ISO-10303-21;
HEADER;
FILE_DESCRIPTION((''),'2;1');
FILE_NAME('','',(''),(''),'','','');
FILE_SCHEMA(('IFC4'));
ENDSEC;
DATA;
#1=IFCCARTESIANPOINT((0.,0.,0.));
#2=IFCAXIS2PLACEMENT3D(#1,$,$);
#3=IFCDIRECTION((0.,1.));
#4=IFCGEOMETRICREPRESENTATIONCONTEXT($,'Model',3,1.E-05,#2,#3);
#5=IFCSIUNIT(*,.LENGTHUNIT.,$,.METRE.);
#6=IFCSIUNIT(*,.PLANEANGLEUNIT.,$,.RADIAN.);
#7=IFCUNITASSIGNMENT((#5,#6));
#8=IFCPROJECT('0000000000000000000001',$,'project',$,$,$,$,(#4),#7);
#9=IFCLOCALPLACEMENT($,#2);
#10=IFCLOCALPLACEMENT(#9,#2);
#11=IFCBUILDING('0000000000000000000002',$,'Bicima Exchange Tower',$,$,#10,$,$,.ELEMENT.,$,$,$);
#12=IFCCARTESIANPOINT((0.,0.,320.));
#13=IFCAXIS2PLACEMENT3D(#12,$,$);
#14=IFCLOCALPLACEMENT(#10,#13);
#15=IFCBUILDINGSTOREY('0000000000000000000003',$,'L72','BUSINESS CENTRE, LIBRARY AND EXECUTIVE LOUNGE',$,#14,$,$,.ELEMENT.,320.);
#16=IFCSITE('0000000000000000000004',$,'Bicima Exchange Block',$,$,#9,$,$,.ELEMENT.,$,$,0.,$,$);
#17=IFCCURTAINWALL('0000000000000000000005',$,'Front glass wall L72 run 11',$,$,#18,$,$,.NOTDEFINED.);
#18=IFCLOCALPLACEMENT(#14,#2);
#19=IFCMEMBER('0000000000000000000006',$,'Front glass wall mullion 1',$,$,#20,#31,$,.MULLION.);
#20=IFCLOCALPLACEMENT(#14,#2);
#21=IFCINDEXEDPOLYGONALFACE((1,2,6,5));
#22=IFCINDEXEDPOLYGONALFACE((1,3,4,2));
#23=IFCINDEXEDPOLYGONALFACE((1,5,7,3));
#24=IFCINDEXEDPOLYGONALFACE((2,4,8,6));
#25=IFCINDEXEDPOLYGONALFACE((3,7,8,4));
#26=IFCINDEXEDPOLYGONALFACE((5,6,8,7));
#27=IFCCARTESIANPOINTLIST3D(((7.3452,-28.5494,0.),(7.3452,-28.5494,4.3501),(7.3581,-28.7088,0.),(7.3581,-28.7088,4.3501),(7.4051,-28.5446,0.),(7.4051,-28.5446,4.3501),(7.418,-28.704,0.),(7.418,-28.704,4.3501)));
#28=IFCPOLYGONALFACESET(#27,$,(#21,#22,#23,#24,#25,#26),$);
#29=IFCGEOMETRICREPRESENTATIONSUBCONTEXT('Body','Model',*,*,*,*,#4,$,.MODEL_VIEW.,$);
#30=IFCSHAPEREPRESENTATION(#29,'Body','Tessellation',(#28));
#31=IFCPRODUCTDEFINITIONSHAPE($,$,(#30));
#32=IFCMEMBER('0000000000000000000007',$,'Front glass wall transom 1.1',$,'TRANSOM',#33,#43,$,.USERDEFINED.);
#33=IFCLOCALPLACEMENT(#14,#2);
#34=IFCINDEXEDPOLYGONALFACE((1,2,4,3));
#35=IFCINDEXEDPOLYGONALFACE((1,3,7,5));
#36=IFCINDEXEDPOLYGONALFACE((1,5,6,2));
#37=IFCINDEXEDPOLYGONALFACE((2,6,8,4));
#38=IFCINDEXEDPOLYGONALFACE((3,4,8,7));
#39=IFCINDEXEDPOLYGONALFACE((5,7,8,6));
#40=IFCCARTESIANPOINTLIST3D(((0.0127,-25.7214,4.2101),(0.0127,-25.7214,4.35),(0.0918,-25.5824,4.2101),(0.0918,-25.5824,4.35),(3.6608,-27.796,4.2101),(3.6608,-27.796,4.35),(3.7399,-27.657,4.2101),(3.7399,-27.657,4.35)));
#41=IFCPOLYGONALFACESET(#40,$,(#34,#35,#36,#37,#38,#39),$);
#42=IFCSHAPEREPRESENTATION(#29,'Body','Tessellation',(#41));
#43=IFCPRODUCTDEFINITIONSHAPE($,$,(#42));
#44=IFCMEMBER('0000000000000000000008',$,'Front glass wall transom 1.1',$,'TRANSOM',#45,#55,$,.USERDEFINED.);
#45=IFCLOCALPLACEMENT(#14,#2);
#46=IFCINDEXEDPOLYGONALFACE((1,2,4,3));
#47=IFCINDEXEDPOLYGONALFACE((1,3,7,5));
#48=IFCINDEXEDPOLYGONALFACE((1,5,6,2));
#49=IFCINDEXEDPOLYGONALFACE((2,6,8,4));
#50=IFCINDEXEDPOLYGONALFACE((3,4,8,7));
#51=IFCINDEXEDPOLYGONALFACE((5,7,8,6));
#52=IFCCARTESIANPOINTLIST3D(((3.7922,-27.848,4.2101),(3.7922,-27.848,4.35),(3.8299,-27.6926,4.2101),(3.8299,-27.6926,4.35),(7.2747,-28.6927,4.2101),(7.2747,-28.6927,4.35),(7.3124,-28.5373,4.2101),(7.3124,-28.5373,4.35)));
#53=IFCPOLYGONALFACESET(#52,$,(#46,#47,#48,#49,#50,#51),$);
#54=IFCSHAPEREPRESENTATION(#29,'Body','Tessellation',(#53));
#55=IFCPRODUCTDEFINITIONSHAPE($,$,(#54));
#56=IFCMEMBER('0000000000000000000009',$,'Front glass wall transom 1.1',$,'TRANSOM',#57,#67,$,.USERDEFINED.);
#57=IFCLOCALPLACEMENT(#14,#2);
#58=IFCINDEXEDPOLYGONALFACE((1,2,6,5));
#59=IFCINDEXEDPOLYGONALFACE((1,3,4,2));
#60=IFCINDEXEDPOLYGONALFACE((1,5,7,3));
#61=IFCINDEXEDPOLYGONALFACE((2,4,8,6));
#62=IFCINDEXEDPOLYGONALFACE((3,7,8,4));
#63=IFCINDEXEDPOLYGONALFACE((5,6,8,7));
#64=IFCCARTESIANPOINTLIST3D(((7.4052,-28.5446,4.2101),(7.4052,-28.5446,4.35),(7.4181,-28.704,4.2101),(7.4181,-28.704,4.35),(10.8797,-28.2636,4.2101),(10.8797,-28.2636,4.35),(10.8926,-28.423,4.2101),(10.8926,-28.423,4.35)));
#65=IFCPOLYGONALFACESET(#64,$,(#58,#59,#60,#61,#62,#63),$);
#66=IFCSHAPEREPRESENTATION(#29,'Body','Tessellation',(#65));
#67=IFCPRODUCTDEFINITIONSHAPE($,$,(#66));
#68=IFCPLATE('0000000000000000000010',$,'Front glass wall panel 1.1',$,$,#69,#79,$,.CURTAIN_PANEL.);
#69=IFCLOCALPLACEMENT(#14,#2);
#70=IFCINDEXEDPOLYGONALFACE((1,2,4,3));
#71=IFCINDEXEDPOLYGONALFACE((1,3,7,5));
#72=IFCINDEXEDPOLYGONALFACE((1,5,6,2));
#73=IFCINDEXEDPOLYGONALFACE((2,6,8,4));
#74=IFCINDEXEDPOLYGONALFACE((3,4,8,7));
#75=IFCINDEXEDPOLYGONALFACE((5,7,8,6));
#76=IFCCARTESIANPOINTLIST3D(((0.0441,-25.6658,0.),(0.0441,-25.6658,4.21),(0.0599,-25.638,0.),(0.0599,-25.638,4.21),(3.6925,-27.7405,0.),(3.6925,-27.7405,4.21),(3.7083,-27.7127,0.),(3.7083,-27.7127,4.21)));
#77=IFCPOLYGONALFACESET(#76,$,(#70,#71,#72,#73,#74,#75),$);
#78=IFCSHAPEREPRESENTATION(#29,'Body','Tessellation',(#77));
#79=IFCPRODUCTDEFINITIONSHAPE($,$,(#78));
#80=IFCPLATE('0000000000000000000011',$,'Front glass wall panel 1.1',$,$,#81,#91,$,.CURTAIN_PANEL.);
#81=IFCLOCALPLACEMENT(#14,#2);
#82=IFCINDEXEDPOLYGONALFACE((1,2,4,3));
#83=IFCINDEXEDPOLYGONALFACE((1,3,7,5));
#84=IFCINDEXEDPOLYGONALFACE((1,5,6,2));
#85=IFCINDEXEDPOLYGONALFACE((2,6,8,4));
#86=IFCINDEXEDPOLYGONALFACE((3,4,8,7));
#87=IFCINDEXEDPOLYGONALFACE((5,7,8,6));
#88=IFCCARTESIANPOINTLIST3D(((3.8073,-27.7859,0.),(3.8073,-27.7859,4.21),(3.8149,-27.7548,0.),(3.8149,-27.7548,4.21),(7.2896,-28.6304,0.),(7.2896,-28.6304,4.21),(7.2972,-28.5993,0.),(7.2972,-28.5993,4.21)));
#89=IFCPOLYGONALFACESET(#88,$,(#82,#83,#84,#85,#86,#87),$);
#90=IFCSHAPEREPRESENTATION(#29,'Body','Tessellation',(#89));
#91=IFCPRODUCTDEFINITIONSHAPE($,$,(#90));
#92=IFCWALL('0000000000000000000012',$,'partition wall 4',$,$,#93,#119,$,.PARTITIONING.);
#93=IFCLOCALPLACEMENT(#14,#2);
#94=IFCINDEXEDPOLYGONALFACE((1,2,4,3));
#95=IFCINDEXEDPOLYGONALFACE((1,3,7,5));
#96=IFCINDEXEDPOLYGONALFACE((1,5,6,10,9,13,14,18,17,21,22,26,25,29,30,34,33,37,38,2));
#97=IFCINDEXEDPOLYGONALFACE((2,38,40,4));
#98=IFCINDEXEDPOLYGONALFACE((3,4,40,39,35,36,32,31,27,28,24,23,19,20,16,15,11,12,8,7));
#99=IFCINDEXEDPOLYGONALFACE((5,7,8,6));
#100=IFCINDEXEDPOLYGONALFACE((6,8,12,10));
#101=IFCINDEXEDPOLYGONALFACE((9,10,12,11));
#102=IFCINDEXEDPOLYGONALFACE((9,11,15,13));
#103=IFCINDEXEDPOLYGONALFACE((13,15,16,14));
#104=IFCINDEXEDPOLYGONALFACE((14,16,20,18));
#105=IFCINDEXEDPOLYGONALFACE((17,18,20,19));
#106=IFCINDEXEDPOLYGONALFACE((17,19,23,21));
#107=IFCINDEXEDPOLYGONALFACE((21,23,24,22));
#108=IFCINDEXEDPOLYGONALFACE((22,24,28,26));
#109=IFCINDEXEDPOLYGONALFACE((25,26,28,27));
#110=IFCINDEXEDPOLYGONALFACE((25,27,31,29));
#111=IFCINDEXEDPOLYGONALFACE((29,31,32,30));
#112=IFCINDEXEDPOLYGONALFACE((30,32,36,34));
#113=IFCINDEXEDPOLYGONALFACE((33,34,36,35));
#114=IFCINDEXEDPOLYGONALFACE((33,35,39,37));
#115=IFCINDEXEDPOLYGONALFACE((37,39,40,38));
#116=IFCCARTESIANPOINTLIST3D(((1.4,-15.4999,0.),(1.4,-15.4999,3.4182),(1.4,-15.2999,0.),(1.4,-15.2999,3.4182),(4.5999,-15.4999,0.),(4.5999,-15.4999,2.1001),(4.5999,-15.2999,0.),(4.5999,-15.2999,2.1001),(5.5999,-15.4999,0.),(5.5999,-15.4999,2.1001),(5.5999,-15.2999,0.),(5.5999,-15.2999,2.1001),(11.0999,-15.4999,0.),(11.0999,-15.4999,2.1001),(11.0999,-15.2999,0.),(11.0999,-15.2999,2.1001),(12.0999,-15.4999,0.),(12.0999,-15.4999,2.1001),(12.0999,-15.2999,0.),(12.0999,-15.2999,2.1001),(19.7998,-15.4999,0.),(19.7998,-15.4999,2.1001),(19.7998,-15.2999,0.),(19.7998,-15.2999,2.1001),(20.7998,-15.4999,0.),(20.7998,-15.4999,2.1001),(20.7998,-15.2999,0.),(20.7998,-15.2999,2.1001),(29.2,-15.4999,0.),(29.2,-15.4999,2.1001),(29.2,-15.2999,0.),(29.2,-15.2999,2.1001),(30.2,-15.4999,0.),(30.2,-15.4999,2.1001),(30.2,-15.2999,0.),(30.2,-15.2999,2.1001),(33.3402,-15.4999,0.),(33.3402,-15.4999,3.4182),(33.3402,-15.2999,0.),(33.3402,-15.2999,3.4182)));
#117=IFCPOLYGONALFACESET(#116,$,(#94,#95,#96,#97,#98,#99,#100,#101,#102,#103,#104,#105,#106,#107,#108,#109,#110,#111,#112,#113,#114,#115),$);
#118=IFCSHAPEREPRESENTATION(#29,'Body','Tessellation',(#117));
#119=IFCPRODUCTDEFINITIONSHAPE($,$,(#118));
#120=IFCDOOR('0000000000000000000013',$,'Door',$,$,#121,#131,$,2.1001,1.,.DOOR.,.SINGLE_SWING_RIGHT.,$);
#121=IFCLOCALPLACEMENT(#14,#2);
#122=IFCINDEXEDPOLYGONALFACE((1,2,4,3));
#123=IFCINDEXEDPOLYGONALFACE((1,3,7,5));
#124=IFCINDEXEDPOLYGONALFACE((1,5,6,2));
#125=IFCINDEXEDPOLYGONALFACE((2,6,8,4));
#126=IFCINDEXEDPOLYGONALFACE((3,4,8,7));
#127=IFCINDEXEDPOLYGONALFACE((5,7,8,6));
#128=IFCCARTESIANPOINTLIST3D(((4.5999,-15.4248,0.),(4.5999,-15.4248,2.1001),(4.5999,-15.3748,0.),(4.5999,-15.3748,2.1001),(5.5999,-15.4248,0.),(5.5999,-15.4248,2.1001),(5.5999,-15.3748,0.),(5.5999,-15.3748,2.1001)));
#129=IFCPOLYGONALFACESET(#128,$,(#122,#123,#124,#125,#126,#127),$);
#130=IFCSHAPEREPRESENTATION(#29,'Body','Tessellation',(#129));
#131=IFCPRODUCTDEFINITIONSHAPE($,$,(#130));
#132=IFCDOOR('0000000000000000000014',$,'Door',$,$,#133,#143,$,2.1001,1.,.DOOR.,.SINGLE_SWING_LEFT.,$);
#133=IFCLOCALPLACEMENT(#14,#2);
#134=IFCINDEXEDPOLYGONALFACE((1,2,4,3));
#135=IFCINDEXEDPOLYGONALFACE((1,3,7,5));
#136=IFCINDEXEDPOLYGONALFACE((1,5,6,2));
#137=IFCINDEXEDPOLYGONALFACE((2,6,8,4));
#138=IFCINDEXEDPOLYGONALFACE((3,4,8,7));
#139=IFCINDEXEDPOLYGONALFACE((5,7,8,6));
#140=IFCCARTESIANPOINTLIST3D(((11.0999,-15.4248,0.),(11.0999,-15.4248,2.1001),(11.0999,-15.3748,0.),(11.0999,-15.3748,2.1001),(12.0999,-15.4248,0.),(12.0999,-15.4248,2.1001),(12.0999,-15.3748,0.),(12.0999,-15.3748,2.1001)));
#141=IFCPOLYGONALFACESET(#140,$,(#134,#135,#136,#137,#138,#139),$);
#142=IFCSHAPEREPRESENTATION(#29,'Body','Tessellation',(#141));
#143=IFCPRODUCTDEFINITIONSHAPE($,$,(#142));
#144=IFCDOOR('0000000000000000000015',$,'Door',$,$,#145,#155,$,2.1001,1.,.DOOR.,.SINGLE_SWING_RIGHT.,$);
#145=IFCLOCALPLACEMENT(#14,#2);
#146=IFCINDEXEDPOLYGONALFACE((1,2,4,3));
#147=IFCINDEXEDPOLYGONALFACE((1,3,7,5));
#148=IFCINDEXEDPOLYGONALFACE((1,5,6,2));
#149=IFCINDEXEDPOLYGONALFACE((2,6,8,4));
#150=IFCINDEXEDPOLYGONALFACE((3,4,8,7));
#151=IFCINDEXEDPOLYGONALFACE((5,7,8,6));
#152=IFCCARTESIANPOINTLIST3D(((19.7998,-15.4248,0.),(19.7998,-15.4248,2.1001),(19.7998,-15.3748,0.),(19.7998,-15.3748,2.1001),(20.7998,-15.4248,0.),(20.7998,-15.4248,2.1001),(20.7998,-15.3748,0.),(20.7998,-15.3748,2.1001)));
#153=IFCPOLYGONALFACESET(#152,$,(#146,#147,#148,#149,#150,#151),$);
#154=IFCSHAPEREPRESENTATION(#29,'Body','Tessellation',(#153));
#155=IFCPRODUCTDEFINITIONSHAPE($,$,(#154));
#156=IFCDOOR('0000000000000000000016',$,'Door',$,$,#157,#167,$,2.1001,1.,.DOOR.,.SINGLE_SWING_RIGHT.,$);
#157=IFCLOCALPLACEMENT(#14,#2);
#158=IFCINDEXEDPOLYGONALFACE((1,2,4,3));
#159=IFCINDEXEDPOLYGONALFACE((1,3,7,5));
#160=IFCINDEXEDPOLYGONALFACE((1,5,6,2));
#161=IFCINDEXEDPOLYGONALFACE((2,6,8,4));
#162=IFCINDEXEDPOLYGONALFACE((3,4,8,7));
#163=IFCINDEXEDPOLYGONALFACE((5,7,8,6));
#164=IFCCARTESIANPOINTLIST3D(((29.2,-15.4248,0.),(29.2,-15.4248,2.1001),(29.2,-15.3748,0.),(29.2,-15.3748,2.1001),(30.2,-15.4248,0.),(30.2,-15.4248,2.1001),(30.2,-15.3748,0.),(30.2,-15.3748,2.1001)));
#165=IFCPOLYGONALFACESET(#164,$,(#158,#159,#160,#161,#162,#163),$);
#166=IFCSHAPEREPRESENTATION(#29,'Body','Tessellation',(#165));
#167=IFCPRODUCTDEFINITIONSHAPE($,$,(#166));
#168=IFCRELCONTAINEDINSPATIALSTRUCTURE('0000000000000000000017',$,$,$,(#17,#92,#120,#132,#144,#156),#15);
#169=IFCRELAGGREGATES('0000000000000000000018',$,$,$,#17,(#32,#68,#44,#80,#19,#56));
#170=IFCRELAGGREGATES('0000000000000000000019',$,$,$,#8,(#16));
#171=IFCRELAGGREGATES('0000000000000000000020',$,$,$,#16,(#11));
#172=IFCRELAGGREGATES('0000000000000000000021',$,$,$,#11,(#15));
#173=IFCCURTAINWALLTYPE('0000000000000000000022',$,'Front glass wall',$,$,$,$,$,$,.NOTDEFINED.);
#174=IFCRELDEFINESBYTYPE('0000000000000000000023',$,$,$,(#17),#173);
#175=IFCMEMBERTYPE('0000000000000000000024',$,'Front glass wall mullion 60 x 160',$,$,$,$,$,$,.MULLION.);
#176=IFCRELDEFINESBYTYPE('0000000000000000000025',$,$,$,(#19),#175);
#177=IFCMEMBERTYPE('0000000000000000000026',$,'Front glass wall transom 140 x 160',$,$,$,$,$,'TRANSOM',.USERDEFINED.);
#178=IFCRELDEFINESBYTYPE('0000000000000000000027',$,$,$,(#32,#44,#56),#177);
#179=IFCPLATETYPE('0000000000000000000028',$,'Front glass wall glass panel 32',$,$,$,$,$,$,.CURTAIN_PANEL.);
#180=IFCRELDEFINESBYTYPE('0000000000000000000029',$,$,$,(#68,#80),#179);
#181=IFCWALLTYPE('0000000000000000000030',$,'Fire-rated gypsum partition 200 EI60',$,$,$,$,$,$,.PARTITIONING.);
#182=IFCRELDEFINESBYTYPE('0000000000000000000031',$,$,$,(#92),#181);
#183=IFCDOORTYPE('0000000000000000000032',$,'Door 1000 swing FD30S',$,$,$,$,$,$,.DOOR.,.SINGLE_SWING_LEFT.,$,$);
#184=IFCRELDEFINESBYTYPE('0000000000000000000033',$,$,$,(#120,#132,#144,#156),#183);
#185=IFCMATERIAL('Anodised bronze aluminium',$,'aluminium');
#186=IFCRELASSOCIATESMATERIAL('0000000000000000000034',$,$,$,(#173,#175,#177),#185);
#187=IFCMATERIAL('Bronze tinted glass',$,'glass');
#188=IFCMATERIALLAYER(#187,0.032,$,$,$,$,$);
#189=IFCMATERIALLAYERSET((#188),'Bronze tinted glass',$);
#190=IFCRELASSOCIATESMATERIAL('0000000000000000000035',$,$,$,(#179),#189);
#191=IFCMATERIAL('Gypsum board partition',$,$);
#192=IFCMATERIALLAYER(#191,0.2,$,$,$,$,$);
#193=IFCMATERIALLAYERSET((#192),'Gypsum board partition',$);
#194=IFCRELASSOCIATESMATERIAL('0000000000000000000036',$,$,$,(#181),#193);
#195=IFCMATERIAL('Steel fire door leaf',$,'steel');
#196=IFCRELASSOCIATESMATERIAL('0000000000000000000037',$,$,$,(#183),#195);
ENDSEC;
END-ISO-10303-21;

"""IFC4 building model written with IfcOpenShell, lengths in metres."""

from ifc_helpers import new_model, si_unit, direction, frame, frame_2d, origin, origin_2d, place, context, subcontext, project, spatial, rectangle, extrude, material, layer, layer_set, material_profile, profile_set, type_object, element, fill, aggregate, save


model = new_model("IFC4")

# Units and contexts
model_context = context("Model", 3, precision=1e-05, world=origin(), true_north=direction((0.0, 1.0)))
body_context = subcontext(model_context, "Body", "Model", "MODEL_VIEW")
ifc_project = project(units=[si_unit("LENGTHUNIT", "METRE"), si_unit("PLANEANGLEUNIT", "RADIAN")], contexts=[model_context])

# Site, building, storey
site_placement = place(None, origin())
site = spatial("IfcSite", under=ifc_project, at=site_placement, Name="Bicima Exchange Block", CompositionType="ELEMENT", RefElevation=0.0)
building_placement = place(site_placement, origin())
building = spatial("IfcBuilding", under=site, at=building_placement, Name="Bicima Exchange Tower", CompositionType="ELEMENT")
storey_placement = place(building_placement, frame((0.0, 0.0, 320.0)))
storey = spatial("IfcBuildingStorey", under=building, at=storey_placement, Name="L72", Description="BUSINESS CENTRE, LIBRARY AND EXECUTIVE LOUNGE", CompositionType="ELEMENT", Elevation=320.0)

# Curtain wall, members, plates
ifc_material_1 = material(Name="Anodised bronze aluminium", Category="aluminium")
curtain_wall_type = type_object("IfcCurtainWallType", Name="Front glass wall", PredefinedType="NOTDEFINED", material=ifc_material_1)
curtain_wall_placement = place(storey_placement, origin())
curtain_wall = element("IfcCurtainWall", 1, at=curtain_wall_placement, inside=storey, type_object=curtain_wall_type, Name="Front glass wall L72 run 11", PredefinedType="NOTDEFINED")
ifc_material_profile_1 = material_profile(ifc_material_1, rectangle(XDim=0.1599, YDim=0.0601, at=origin_2d()))
ifc_profile_set_1 = profile_set([ifc_material_profile_1], Name="Anodised bronze aluminium")
member_type_1 = type_object("IfcMemberType", Name="Front glass wall mullion 60 x 160", PredefinedType="MULLION", material=ifc_profile_set_1)
member_1_placement = place(storey_placement, frame((7.3816, -28.6267, 0.0), z_axis=(0.0, 0.0, 1.0), x_axis=(-0.080589, 0.996747, 0.0)))
member_1 = element("IfcMember", 2, at=member_1_placement, type_object=member_type_1, Name="Front glass wall mullion 1", PredefinedType="MULLION", context=body_context, shape_type="SweptSolid", body=[
    extrude(rectangle(XDim=0.1599, YDim=0.0601, at=origin_2d()), origin(), (0.0, 0.0, 1.0), 4.3501),
])
ifc_material_profile_2 = material_profile(ifc_material_1, rectangle(XDim=0.1599, YDim=0.1399, at=origin_2d()))
ifc_profile_set_2 = profile_set([ifc_material_profile_2], Name="Anodised bronze aluminium")
member_type_2 = type_object("IfcMemberType", Name="Front glass wall transom 140 x 160", ElementType="TRANSOM", PredefinedType="USERDEFINED", material=ifc_profile_set_2)
member_2_placement = place(storey_placement, frame((0.0522, -25.6519, 4.28), z_axis=(0.869265, -0.494346, 0.0), x_axis=(0.494346, 0.869265, 0.0)))
member_2 = element("IfcMember", 3, at=member_2_placement, type_object=member_type_2, Name="Front glass wall transom 1.1", ObjectType="TRANSOM", PredefinedType="USERDEFINED", context=body_context, shape_type="SweptSolid", body=[
    extrude(rectangle(XDim=0.1599, YDim=0.1399, at=origin_2d()), origin(), (0.0, 0.0, 1.0), 4.1968),
])
member_3_placement = place(storey_placement, frame((3.811, -27.7703, 4.28), z_axis=(0.971818, -0.235733, 0.0), x_axis=(0.235733, 0.971818, 0.0)))
member_3 = element("IfcMember", 4, at=member_3_placement, type_object=member_type_2, Name="Front glass wall transom 1.1", ObjectType="TRANSOM", PredefinedType="USERDEFINED", context=body_context, shape_type="SweptSolid", body=[
    extrude(rectangle(XDim=0.1599, YDim=0.1399, at=origin_2d()), origin(), (0.0, 0.0, 1.0), 3.5835),
])
member_4_placement = place(storey_placement, frame((7.4116, -28.6243, 4.28), z_axis=(0.996746, 0.080611, 0.0), x_axis=(-0.080611, 0.996746, 0.0)))
member_4 = element("IfcMember", 5, at=member_4_placement, type_object=member_type_2, Name="Front glass wall transom 1.1", ObjectType="TRANSOM", PredefinedType="USERDEFINED", context=body_context, shape_type="SweptSolid", body=[
    extrude(rectangle(XDim=0.1599, YDim=0.1399, at=origin_2d()), origin(), (0.0, 0.0, 1.0), 3.4858),
])
ifc_material_2 = material(Name="Bronze tinted glass", Category="glass")
ifc_layer_1 = layer(ifc_material_2, 0.032)
ifc_layer_set_1 = layer_set([ifc_layer_1], Name="Bronze tinted glass")
plate_type = type_object("IfcPlateType", Name="Front glass wall glass panel 32", PredefinedType="CURTAIN_PANEL", material=ifc_layer_set_1)
plate_1_placement = place(storey_placement, frame((1.8762, -26.6892, 0.0), z_axis=(0.0, 0.0, 1.0), x_axis=(0.869274, -0.49433, 0.0)))
plate_1 = element("IfcPlate", 6, at=plate_1_placement, type_object=plate_type, Name="Front glass wall panel 1.1", PredefinedType="CURTAIN_PANEL", context=body_context, shape_type="SweptSolid", body=[
    extrude(rectangle(XDim=4.197, YDim=0.032, at=origin_2d()), origin(), (0.0, 0.0, 1.0), 4.21),
])
plate_2_placement = place(storey_placement, frame((5.5522, -28.1926, 0.0), z_axis=(0.0, 0.0, 1.0), x_axis=(0.97183, -0.235682, 0.0)))
plate_2 = element("IfcPlate", 7, at=plate_2_placement, type_object=plate_type, Name="Front glass wall panel 1.1", PredefinedType="CURTAIN_PANEL", context=body_context, shape_type="SweptSolid", body=[
    extrude(rectangle(XDim=3.5833, YDim=0.032, at=origin_2d()), origin(), (0.0, 0.0, 1.0), 4.21),
])
aggregate(curtain_wall, [member_2, plate_1, member_3, plate_2, member_1, member_4])

# Wall, openings, doors
ifc_material_3 = material(Name="Gypsum board partition")
ifc_layer_2 = layer(ifc_material_3, 0.2)
ifc_layer_set_2 = layer_set([ifc_layer_2], Name="Gypsum board partition")
wall_type_1 = type_object("IfcWallType", Name="Fire-rated gypsum partition 200 EI60", PredefinedType="PARTITIONING", material=ifc_layer_set_2)
wall_1_placement = place(storey_placement, frame((1.3999, -15.3999, 0.0), z_axis=(0.0, 0.0, 1.0), x_axis=(1.0, 0.0, 0.0)))
wall_1 = element("IfcWall", 8, at=wall_1_placement, inside=storey, type_object=wall_type_1, Name="partition wall 4", PredefinedType="PARTITIONING", context=body_context, shape_type="SweptSolid", body=[
    extrude(rectangle(XDim=31.9402, YDim=0.2, at=frame_2d((15.9702, 0.0))), origin(), (0.0, 0.0, 1.0), 3.4182),
])
opening_1_placement = place(wall_1_placement, frame((3.2, 0.0, 0.0)))
opening_1 = element("IfcOpeningElement", 9, at=opening_1_placement, cuts=wall_1, PredefinedType="OPENING", context=body_context, shape_type="SweptSolid", body=[
    extrude(rectangle(XDim=1.0, YDim=2.1001, at=frame_2d((0.5, 1.05))), frame((0.0, 0.1118, 0.0), z_axis=(0.0, -1.0, 0.0), x_axis=(1.0, 0.0, 0.0)), (0.0, 0.0, 1.0), 0.2239),
])
opening_2_placement = place(wall_1_placement, frame((9.7, 0.0, 0.0)))
opening_2 = element("IfcOpeningElement", 10, at=opening_2_placement, cuts=wall_1, PredefinedType="OPENING", context=body_context, shape_type="SweptSolid", body=[
    extrude(rectangle(XDim=1.0, YDim=2.1001, at=frame_2d((0.5, 1.05))), frame((0.0, 0.1118, 0.0), z_axis=(0.0, -1.0, 0.0), x_axis=(1.0, 0.0, 0.0)), (0.0, 0.0, 1.0), 0.2239),
])
opening_3_placement = place(wall_1_placement, frame((18.3999, 0.0, 0.0)))
opening_3 = element("IfcOpeningElement", 11, at=opening_3_placement, cuts=wall_1, PredefinedType="OPENING", context=body_context, shape_type="SweptSolid", body=[
    extrude(rectangle(XDim=1.0, YDim=2.1001, at=frame_2d((0.5, 1.05))), frame((0.0, 0.1118, 0.0), z_axis=(0.0, -1.0, 0.0), x_axis=(1.0, 0.0, 0.0)), (0.0, 0.0, 1.0), 0.2239),
])
opening_4_placement = place(wall_1_placement, frame((27.8, 0.0, 0.0)))
opening_4 = element("IfcOpeningElement", 12, at=opening_4_placement, cuts=wall_1, PredefinedType="OPENING", context=body_context, shape_type="SweptSolid", body=[
    extrude(rectangle(XDim=1.0, YDim=2.1001, at=frame_2d((0.5, 1.05))), frame((0.0, 0.1118, 0.0), z_axis=(0.0, -1.0, 0.0), x_axis=(1.0, 0.0, 0.0)), (0.0, 0.0, 1.0), 0.2239),
])
ifc_material_4 = material(Name="Steel fire door leaf", Category="steel")
door_type = type_object("IfcDoorType", Name="Door 1000 swing FD30S", OperationType="SINGLE_SWING_LEFT", PredefinedType="DOOR", material=ifc_material_4)
door_1_placement = place(opening_1_placement, frame((1.0, 0.0, 0.0), z_axis=(0.0, 0.0, 1.0), x_axis=(-1.0, 0.0, 0.0)))
door_1 = element("IfcDoor", 13, at=door_1_placement, inside=storey, type_object=door_type, Name="Door", OperationType="SINGLE_SWING_RIGHT", OverallHeight=2.1001, OverallWidth=1.0, PredefinedType="DOOR", context=body_context, shape_type="SweptSolid", body=[
    extrude(rectangle(XDim=1.0, YDim=2.1001, at=frame_2d((0.5, 1.05))), frame((0.0, 0.0249, 0.0), z_axis=(0.0, -1.0, 0.0), x_axis=(1.0, 0.0, 0.0)), (0.0, 0.0, 1.0), 0.05),
])
fill(opening_1, door_1)
door_2_placement = place(opening_2_placement, frame((1.0, 0.0, 0.0), z_axis=(0.0, 0.0, 1.0), x_axis=(-1.0, 0.0, 0.0)))
door_2 = element("IfcDoor", 14, at=door_2_placement, inside=storey, type_object=door_type, Name="Door", OperationType="SINGLE_SWING_LEFT", OverallHeight=2.1001, OverallWidth=1.0, PredefinedType="DOOR", context=body_context, shape_type="SweptSolid", body=[
    extrude(rectangle(XDim=1.0, YDim=2.1001, at=frame_2d((0.5, 1.05))), frame((0.0, 0.0249, 0.0), z_axis=(0.0, -1.0, 0.0), x_axis=(1.0, 0.0, 0.0)), (0.0, 0.0, 1.0), 0.05),
])
fill(opening_2, door_2)
door_3_placement = place(opening_3_placement, frame((1.0, 0.0, 0.0), z_axis=(0.0, 0.0, 1.0), x_axis=(-1.0, 0.0, 0.0)))
door_3 = element("IfcDoor", 15, at=door_3_placement, inside=storey, type_object=door_type, Name="Door", OperationType="SINGLE_SWING_RIGHT", OverallHeight=2.1001, OverallWidth=1.0, PredefinedType="DOOR", context=body_context, shape_type="SweptSolid", body=[
    extrude(rectangle(XDim=1.0, YDim=2.1001, at=frame_2d((0.5, 1.05))), frame((0.0, 0.0249, 0.0), z_axis=(0.0, -1.0, 0.0), x_axis=(1.0, 0.0, 0.0)), (0.0, 0.0, 1.0), 0.05),
])
fill(opening_3, door_3)
door_4_placement = place(opening_4_placement, frame((1.0, 0.0, 0.0), z_axis=(0.0, 0.0, 1.0), x_axis=(-1.0, 0.0, 0.0)))
door_4 = element("IfcDoor", 16, at=door_4_placement, inside=storey, type_object=door_type, Name="Door", OperationType="SINGLE_SWING_RIGHT", OverallHeight=2.1001, OverallWidth=1.0, PredefinedType="DOOR", context=body_context, shape_type="SweptSolid", body=[
    extrude(rectangle(XDim=1.0, YDim=2.1001, at=frame_2d((0.5, 1.05))), frame((0.0, 0.0249, 0.0), z_axis=(0.0, -1.0, 0.0), x_axis=(1.0, 0.0, 0.0)), (0.0, 0.0, 1.0), 0.05),
])
fill(opening_4, door_4)

save(model, "model.ifc")
